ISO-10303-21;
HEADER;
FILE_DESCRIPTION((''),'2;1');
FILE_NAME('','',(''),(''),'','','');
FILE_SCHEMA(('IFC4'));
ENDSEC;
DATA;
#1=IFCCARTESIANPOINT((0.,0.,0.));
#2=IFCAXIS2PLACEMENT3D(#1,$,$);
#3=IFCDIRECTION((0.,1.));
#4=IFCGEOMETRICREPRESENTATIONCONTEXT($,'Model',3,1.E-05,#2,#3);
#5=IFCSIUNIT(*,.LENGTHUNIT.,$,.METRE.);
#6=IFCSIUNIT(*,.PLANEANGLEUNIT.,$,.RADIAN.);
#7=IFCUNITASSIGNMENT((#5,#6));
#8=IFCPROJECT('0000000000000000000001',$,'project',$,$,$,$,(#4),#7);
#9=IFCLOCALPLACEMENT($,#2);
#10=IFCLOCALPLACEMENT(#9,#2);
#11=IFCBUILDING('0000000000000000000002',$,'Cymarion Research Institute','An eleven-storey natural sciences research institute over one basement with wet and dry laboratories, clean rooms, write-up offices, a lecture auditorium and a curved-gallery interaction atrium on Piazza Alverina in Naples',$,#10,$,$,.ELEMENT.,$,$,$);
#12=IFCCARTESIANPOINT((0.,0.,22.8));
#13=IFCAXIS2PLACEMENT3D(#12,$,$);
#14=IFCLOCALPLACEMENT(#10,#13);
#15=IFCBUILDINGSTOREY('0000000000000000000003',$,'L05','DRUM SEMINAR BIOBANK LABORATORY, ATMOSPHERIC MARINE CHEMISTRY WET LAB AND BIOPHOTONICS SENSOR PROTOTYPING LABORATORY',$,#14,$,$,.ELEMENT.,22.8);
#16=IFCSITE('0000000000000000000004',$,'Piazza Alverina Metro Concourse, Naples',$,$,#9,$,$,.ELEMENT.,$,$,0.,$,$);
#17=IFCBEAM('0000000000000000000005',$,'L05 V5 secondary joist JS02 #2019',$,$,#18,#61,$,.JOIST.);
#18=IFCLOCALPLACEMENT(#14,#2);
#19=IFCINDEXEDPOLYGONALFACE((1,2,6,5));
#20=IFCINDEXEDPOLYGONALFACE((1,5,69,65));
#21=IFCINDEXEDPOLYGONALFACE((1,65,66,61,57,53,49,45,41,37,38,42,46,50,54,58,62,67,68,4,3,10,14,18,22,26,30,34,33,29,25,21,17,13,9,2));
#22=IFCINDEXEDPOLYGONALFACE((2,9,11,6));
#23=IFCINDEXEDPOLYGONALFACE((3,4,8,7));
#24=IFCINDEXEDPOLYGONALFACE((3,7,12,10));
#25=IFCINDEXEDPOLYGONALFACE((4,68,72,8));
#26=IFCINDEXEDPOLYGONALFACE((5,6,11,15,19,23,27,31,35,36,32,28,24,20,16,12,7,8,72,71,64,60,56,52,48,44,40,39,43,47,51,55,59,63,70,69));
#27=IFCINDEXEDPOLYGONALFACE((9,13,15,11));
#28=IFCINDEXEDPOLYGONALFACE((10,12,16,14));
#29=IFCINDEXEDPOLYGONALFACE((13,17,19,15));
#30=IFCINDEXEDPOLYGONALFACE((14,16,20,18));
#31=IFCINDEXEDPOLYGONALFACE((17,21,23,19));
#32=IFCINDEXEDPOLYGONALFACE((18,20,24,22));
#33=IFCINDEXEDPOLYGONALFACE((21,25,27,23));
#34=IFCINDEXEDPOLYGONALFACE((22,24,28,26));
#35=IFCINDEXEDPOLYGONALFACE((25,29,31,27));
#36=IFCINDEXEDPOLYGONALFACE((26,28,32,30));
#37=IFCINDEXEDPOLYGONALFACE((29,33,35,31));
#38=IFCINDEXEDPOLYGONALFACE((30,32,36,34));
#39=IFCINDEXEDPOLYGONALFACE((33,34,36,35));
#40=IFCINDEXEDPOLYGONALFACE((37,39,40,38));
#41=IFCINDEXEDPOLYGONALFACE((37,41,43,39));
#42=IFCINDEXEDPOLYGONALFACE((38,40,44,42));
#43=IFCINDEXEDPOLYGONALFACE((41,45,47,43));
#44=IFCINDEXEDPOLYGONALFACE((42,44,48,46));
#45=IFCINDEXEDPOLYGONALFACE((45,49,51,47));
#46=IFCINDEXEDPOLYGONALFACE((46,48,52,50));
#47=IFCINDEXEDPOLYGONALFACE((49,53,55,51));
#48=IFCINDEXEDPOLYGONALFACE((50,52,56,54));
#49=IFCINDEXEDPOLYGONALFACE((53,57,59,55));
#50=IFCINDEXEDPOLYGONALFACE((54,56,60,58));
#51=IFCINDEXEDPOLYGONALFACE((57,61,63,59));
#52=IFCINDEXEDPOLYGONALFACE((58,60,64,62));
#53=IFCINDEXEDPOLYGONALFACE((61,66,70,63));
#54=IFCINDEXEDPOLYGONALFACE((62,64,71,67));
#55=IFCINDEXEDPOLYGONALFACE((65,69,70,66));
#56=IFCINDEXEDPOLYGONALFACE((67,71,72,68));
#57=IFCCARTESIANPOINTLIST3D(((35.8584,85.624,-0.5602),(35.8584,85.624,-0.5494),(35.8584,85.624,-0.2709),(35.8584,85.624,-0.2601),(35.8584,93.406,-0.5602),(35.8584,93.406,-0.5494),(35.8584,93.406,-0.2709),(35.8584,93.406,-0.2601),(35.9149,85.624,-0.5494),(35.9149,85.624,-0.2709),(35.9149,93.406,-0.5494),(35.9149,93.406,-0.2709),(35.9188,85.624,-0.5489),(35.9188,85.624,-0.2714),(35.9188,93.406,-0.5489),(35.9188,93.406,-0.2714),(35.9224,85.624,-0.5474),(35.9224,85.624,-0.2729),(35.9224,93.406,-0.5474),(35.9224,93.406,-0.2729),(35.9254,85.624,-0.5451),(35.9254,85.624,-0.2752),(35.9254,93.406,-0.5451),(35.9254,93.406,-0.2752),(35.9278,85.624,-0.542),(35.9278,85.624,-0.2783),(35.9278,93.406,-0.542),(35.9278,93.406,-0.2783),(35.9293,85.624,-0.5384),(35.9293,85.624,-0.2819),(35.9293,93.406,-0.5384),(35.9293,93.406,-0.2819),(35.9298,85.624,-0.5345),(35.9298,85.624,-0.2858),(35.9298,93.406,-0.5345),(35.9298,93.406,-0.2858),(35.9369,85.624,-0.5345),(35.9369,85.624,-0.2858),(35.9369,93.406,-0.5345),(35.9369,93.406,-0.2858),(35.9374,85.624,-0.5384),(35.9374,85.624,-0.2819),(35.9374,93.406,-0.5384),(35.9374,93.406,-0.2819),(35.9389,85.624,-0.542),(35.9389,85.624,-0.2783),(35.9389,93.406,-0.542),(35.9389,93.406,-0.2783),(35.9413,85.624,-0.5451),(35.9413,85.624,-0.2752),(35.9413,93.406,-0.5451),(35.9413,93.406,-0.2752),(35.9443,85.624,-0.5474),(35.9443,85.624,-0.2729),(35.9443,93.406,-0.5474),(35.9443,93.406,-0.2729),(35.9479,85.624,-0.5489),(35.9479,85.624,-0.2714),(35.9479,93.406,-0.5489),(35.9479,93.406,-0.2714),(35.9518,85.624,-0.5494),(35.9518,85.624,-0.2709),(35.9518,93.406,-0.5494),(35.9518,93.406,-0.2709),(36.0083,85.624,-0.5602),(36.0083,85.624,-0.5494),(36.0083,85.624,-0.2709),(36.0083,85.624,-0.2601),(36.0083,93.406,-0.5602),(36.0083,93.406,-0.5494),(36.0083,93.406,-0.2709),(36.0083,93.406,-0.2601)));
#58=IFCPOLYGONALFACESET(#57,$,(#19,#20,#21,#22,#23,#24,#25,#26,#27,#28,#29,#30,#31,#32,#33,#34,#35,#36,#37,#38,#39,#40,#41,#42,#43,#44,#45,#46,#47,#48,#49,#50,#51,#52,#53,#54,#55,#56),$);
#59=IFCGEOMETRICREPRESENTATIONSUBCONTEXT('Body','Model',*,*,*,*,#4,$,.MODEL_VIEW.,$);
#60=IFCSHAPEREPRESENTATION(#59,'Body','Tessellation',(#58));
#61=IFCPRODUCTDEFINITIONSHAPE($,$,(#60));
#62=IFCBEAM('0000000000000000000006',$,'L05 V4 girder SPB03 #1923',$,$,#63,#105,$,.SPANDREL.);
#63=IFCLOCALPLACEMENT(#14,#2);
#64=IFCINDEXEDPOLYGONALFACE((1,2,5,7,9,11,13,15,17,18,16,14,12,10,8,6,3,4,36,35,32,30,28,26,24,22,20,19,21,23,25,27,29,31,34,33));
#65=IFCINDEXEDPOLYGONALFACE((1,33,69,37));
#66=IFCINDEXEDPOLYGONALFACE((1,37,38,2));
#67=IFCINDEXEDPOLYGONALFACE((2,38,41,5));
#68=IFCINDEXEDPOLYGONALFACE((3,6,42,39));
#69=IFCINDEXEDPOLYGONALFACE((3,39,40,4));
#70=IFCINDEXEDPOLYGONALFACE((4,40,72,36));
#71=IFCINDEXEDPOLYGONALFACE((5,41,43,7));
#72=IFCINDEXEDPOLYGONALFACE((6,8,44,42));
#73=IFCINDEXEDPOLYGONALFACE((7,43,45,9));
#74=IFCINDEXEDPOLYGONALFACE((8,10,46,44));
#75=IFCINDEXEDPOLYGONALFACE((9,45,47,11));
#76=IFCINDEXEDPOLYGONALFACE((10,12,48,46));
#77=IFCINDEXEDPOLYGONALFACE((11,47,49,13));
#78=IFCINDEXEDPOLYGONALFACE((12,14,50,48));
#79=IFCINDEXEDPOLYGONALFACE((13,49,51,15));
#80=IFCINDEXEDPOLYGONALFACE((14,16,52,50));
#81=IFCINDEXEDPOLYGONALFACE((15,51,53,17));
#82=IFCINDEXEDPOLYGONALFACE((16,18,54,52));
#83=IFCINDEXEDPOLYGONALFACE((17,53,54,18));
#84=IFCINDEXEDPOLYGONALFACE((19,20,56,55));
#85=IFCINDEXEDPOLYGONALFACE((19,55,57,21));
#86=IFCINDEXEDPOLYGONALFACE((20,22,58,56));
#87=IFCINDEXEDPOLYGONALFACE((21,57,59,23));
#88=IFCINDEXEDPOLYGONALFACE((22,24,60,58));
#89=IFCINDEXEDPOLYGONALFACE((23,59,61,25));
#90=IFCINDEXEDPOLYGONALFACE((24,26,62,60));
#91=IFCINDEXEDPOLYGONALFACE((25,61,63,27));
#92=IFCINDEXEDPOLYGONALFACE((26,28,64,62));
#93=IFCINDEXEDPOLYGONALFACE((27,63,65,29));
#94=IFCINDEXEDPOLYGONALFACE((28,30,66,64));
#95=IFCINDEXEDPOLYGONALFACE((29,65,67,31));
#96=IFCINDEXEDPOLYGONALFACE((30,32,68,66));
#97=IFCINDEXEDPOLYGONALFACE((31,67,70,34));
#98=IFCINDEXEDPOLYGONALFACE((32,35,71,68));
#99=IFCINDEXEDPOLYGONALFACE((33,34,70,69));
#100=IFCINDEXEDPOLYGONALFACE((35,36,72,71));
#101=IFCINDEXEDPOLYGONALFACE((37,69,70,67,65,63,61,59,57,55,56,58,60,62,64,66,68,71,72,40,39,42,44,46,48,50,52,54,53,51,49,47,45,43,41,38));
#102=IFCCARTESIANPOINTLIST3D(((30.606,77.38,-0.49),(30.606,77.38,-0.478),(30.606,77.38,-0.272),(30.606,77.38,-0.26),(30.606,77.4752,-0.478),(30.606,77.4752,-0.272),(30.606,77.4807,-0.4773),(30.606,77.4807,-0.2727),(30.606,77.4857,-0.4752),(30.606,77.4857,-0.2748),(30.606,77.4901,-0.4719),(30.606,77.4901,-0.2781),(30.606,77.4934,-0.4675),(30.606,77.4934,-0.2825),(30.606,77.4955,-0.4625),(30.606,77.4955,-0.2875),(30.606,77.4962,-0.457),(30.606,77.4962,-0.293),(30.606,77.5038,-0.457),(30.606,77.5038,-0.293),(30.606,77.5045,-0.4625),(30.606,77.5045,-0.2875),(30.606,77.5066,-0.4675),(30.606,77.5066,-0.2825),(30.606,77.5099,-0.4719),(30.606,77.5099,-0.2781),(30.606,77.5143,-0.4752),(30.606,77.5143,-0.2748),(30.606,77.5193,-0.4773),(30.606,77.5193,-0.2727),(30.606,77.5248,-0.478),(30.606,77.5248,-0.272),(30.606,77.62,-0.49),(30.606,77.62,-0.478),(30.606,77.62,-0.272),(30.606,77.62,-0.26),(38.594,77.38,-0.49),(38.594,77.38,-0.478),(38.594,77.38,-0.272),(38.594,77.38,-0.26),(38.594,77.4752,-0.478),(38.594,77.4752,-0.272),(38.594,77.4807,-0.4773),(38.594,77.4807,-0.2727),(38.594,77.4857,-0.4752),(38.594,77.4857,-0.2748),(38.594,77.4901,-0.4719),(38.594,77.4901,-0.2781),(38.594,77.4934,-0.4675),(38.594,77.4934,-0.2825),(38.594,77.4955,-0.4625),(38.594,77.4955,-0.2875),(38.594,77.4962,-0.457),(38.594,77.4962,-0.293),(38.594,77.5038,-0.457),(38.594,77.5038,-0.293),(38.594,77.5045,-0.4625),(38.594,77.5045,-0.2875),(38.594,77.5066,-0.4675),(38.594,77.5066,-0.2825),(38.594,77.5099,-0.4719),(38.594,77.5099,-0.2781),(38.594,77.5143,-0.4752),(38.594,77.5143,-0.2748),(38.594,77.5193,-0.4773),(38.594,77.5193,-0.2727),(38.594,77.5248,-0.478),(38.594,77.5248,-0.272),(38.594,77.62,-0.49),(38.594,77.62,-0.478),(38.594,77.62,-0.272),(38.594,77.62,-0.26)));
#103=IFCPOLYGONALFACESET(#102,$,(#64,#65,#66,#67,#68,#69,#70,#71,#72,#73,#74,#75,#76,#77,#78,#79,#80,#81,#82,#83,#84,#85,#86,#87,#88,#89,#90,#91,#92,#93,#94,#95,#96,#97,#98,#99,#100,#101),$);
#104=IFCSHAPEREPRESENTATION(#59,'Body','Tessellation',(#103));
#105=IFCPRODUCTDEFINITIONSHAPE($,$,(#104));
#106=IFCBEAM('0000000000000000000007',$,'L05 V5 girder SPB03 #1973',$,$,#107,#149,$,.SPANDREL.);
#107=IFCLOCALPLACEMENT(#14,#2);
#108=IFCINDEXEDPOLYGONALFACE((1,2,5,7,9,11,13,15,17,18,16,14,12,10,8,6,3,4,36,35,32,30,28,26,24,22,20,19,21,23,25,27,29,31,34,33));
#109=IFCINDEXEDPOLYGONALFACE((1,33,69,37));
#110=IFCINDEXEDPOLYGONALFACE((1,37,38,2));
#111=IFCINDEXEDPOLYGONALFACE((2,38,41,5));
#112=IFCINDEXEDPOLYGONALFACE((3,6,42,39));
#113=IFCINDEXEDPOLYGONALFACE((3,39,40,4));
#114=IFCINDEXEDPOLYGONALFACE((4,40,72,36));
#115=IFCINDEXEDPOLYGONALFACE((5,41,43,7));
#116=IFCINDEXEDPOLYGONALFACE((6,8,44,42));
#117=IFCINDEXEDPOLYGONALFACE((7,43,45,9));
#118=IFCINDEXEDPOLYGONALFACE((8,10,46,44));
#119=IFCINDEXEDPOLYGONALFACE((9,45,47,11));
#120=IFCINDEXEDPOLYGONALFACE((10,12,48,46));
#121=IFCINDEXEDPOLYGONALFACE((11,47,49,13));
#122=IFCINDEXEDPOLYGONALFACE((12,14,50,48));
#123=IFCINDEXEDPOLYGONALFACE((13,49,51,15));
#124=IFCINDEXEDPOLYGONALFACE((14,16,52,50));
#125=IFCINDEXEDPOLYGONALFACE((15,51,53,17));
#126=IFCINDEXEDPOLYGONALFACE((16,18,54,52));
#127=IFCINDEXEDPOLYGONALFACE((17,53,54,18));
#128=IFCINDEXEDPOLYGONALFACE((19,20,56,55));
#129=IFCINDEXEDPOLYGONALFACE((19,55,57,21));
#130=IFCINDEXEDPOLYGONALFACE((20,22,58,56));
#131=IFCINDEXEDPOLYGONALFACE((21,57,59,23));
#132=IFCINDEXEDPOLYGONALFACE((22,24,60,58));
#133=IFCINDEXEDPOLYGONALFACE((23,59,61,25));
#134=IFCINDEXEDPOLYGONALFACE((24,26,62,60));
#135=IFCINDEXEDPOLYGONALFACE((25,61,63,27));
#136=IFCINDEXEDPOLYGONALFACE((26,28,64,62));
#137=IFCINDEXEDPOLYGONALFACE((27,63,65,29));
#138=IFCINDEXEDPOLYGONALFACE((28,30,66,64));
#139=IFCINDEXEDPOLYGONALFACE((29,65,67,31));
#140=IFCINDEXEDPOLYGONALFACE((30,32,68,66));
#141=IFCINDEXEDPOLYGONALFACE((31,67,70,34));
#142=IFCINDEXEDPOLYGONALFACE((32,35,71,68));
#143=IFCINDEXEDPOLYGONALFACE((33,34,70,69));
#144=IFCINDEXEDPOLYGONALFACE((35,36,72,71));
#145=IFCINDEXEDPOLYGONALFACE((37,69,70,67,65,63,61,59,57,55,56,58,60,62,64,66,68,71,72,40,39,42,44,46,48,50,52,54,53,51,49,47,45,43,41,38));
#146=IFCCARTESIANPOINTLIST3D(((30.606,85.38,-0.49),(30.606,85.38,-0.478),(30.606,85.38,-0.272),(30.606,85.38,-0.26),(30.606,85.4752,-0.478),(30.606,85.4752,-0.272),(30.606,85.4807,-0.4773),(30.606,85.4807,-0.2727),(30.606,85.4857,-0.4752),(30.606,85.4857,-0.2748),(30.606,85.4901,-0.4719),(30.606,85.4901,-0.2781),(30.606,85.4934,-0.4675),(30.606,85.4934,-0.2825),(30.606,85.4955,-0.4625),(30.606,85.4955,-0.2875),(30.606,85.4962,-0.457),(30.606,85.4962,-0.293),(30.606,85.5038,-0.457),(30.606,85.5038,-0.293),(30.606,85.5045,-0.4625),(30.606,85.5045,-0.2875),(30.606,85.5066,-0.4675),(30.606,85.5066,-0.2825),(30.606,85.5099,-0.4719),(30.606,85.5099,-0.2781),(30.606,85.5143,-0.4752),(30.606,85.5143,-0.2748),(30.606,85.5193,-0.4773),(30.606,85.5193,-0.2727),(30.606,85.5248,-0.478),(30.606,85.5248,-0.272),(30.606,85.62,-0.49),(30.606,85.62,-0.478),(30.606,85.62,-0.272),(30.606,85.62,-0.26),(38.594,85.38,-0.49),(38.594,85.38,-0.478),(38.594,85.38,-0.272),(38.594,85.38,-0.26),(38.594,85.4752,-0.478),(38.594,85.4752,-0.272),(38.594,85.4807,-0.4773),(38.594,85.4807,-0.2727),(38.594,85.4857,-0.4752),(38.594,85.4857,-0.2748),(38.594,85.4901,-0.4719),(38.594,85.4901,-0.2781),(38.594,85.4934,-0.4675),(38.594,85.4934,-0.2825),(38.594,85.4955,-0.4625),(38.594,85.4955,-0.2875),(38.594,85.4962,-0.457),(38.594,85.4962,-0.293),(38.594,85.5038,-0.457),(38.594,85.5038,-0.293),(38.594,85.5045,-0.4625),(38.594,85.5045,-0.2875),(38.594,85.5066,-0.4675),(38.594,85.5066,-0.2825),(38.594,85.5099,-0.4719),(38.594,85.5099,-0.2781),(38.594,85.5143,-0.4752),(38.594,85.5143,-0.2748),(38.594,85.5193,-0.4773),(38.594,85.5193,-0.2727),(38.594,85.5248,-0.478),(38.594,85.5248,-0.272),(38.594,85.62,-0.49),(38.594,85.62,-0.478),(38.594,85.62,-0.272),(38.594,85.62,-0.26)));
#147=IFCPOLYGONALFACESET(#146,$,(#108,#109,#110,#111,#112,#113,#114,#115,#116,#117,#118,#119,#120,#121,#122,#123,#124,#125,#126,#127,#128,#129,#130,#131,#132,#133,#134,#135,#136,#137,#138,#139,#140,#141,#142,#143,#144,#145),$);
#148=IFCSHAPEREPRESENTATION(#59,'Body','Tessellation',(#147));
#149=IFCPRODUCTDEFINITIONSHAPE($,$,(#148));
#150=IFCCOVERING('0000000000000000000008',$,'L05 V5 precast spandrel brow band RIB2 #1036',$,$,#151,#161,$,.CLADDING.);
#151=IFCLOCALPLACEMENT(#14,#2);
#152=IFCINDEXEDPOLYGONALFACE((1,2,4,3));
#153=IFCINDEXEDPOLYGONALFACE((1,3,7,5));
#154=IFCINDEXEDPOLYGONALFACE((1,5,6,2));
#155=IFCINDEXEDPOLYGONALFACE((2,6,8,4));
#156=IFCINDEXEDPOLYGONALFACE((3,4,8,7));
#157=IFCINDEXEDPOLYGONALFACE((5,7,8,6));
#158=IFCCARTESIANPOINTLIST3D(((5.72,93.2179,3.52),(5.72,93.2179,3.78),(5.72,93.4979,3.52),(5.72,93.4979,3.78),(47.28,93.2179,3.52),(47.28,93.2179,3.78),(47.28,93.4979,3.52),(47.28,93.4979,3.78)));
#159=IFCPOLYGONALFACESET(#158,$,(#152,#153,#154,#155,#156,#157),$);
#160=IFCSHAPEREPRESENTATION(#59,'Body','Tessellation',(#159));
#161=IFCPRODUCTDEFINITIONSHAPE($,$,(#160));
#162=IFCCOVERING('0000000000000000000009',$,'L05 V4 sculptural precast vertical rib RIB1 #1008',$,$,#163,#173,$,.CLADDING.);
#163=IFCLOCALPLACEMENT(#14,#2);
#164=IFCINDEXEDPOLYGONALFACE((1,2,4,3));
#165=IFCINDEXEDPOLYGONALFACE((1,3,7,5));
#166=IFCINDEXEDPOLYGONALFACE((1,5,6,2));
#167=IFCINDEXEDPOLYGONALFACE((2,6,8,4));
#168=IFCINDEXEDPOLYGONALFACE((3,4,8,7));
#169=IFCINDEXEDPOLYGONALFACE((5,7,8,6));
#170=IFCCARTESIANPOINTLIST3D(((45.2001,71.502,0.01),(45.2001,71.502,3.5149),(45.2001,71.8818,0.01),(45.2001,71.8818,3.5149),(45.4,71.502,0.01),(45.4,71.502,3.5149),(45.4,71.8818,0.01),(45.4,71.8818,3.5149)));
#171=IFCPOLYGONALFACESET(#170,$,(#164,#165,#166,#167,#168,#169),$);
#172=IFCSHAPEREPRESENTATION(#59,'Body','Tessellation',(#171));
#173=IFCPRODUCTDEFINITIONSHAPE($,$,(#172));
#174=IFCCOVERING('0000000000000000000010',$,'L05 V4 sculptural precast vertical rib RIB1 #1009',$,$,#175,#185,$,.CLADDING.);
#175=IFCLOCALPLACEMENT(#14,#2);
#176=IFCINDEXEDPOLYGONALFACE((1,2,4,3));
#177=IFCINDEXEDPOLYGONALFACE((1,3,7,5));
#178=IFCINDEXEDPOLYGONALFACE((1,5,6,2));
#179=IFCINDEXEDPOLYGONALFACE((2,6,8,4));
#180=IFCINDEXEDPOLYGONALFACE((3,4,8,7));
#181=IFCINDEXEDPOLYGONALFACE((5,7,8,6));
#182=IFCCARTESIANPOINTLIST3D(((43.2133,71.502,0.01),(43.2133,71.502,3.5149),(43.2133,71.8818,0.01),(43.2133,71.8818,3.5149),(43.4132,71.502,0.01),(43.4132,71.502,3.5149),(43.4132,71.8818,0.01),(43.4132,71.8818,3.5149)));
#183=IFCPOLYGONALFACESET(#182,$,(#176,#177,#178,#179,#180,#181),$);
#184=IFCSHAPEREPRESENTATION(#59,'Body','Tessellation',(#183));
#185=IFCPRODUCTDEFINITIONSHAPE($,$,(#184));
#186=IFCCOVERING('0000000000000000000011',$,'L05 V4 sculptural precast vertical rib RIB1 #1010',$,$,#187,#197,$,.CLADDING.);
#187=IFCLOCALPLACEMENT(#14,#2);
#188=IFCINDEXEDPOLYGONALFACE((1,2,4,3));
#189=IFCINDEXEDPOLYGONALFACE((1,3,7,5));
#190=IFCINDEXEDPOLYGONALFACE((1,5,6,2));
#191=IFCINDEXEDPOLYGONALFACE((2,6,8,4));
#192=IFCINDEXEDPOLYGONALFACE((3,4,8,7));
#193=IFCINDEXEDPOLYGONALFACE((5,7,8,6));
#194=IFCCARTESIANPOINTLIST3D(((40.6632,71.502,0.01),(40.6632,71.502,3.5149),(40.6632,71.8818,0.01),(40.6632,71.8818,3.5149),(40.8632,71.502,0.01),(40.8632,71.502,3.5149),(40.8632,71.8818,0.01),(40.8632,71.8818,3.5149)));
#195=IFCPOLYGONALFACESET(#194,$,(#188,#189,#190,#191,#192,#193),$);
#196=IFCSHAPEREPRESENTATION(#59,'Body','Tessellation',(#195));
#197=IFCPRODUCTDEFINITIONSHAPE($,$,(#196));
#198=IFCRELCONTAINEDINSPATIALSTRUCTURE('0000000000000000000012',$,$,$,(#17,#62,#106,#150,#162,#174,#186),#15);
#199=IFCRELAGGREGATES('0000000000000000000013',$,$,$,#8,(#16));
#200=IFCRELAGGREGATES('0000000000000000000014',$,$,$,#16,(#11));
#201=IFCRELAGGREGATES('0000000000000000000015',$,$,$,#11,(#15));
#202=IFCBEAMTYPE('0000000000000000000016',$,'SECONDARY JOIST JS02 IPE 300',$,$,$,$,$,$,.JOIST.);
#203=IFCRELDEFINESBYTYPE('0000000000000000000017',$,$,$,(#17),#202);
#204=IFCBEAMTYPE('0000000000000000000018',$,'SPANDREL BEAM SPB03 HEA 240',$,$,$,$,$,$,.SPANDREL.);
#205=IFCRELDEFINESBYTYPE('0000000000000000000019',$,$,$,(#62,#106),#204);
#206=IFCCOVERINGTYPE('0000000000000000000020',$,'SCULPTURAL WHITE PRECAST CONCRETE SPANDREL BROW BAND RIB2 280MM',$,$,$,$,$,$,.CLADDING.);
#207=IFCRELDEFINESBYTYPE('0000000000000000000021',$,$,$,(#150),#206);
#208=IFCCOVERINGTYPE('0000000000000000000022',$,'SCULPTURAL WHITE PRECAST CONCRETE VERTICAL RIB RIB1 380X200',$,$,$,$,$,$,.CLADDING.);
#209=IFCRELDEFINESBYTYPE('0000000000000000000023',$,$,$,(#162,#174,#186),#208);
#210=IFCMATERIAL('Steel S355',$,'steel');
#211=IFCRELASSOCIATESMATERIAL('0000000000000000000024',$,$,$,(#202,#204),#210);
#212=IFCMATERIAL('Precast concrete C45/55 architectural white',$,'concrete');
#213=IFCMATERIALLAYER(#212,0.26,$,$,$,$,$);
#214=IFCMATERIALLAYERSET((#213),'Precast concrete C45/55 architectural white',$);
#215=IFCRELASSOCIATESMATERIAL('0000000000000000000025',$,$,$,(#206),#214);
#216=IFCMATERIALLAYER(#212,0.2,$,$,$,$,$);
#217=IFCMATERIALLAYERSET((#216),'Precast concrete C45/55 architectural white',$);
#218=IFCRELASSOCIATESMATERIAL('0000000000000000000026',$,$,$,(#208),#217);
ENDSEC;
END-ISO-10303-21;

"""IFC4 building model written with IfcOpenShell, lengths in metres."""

from ifc_helpers import new_model, si_unit, direction, frame, origin, origin_2d, place, context, subcontext, project, spatial, rectangle, i_section, extrude, material, layer, layer_set, material_profile, profile_set, type_object, element, save


model = new_model("IFC4")

# Units and contexts
model_context = context("Model", 3, precision=1e-05, world=origin(), true_north=direction((0.0, 1.0)))
body_context = subcontext(model_context, "Body", "Model", "MODEL_VIEW")
ifc_project = project(units=[si_unit("LENGTHUNIT", "METRE"), si_unit("PLANEANGLEUNIT", "RADIAN")], contexts=[model_context])

# Site, building, storey
site_placement = place(None, origin())
site = spatial("IfcSite", under=ifc_project, at=site_placement, Name="Piazza Alverina Metro Concourse, Naples", CompositionType="ELEMENT", RefElevation=0.0)
building_placement = place(site_placement, origin())
building = spatial("IfcBuilding", under=site, at=building_placement, Name="Cymarion Research Institute", Description="An eleven-storey natural sciences research institute over one basement with wet and dry laboratories, clean rooms, write-up offices, a lecture auditorium and a curved-gallery interaction atrium on Piazza Alverina in Naples", CompositionType="ELEMENT")
storey_placement = place(building_placement, frame((0.0, 0.0, 22.8)))
storey = spatial("IfcBuildingStorey", under=building, at=storey_placement, Name="L05", Description="DRUM SEMINAR BIOBANK LABORATORY, ATMOSPHERIC MARINE CHEMISTRY WET LAB AND BIOPHOTONICS SENSOR PROTOTYPING LABORATORY", CompositionType="ELEMENT", Elevation=22.8)

# Beams
ifc_material_1 = material(Name="Steel S355", Category="steel")
ifc_material_profile_1 = material_profile(ifc_material_1, i_section(OverallWidth=0.1499, OverallDepth=0.3, WebThickness=0.0071, FlangeThickness=0.0107, FilletRadius=0.0149, at=origin_2d()), Name="IPE 300")
ifc_profile_set_1 = profile_set([ifc_material_profile_1], Name="Steel S355")
beam_type_1 = type_object("IfcBeamType", Name="SECONDARY JOIST JS02 IPE 300", PredefinedType="JOIST", material=ifc_profile_set_1)
for number, where, z_axis, x_axis, name in (
    (1, (35.9333, 85.624, -0.4102), (0.0, 1.0, 0.0), (-1.0, 0.0, 0.0), "L05 V5 secondary joist JS02 #2019"),
):
    element("IfcBeam", number, at=place(storey_placement, frame(where, z_axis=z_axis, x_axis=x_axis)), inside=storey, type_object=beam_type_1, Name=name, PredefinedType="JOIST", context=body_context, shape_type="SweptSolid", body=[
        extrude(i_section(OverallWidth=0.1499, OverallDepth=0.3, WebThickness=0.0071, FlangeThickness=0.0107, FilletRadius=0.0149, at=origin_2d()), origin(), (0.0, 0.0, 1.0), 7.782),
    ])
ifc_material_profile_2 = material_profile(ifc_material_1, i_section(OverallWidth=0.24, OverallDepth=0.23, WebThickness=0.0076, FlangeThickness=0.012, FilletRadius=0.021, at=origin_2d()), Name="HEA 240")
ifc_profile_set_2 = profile_set([ifc_material_profile_2], Name="Steel S355")
beam_type_2 = type_object("IfcBeamType", Name="SPANDREL BEAM SPB03 HEA 240", PredefinedType="SPANDREL", material=ifc_profile_set_2)
for number, where, z_axis, x_axis, name in (
    (2, (30.606, 77.5, -0.375), (1.0, 0.0, 0.0), (0.0, 1.0, 0.0), "L05 V4 girder SPB03 #1923"),
    (3, (30.606, 85.5, -0.375), (1.0, 0.0, 0.0), (0.0, 1.0, 0.0), "L05 V5 girder SPB03 #1973"),
):
    element("IfcBeam", number, at=place(storey_placement, frame(where, z_axis=z_axis, x_axis=x_axis)), inside=storey, type_object=beam_type_2, Name=name, PredefinedType="SPANDREL", context=body_context, shape_type="SweptSolid", body=[
        extrude(i_section(OverallWidth=0.24, OverallDepth=0.23, WebThickness=0.0076, FlangeThickness=0.012, FilletRadius=0.021, at=origin_2d()), origin(), (0.0, 0.0, 1.0), 7.988),
    ])

# Coverings
ifc_material_2 = material(Name="Precast concrete C45/55 architectural white", Category="concrete")
ifc_layer_1 = layer(ifc_material_2, 0.26)
ifc_layer_set_1 = layer_set([ifc_layer_1], Name="Precast concrete C45/55 architectural white")
covering_type_1 = type_object("IfcCoveringType", Name="SCULPTURAL WHITE PRECAST CONCRETE SPANDREL BROW BAND RIB2 280MM", PredefinedType="CLADDING", material=ifc_layer_set_1)
covering_placement = place(storey_placement, frame((26.5, 93.3579, 3.52), z_axis=(0.0, 0.0, 1.0), x_axis=(0.0, -1.0, 0.0)))
element("IfcCovering", 4, at=covering_placement, inside=storey, type_object=covering_type_1, Name="L05 V5 precast spandrel brow band RIB2 #1036", PredefinedType="CLADDING", context=body_context, shape_type="SweptSolid", body=[
    extrude(rectangle(XDim=0.28, YDim=41.5601, at=origin_2d()), origin(), (0.0, 0.0, 1.0), 0.26),
])
ifc_layer_2 = layer(ifc_material_2, 0.2)
ifc_layer_set_2 = layer_set([ifc_layer_2], Name="Precast concrete C45/55 architectural white")
covering_type_2 = type_object("IfcCoveringType", Name="SCULPTURAL WHITE PRECAST CONCRETE VERTICAL RIB RIB1 380X200", PredefinedType="CLADDING", material=ifc_layer_set_2)
for number, where, z_axis, x_axis, name in (
    (5, (45.3, 71.6919, 0.01), (0.0, 0.0, 1.0), (0.0, 1.0, 0.0), "L05 V4 sculptural precast vertical rib RIB1 #1008"),
    (6, (43.3132, 71.6919, 0.01), (0.0, 0.0, 1.0), (0.0, 1.0, 0.0), "L05 V4 sculptural precast vertical rib RIB1 #1009"),
    (7, (40.7632, 71.6919, 0.01), (0.0, 0.0, 1.0), (0.0, 1.0, 0.0), "L05 V4 sculptural precast vertical rib RIB1 #1010"),
):
    element("IfcCovering", number, at=place(storey_placement, frame(where, z_axis=z_axis, x_axis=x_axis)), inside=storey, type_object=covering_type_2, Name=name, PredefinedType="CLADDING", context=body_context, shape_type="SweptSolid", body=[
        extrude(rectangle(XDim=0.3799, YDim=0.2, at=origin_2d()), origin(), (0.0, 0.0, 1.0), 3.5049),
    ])

save(model, "model.ifc")
